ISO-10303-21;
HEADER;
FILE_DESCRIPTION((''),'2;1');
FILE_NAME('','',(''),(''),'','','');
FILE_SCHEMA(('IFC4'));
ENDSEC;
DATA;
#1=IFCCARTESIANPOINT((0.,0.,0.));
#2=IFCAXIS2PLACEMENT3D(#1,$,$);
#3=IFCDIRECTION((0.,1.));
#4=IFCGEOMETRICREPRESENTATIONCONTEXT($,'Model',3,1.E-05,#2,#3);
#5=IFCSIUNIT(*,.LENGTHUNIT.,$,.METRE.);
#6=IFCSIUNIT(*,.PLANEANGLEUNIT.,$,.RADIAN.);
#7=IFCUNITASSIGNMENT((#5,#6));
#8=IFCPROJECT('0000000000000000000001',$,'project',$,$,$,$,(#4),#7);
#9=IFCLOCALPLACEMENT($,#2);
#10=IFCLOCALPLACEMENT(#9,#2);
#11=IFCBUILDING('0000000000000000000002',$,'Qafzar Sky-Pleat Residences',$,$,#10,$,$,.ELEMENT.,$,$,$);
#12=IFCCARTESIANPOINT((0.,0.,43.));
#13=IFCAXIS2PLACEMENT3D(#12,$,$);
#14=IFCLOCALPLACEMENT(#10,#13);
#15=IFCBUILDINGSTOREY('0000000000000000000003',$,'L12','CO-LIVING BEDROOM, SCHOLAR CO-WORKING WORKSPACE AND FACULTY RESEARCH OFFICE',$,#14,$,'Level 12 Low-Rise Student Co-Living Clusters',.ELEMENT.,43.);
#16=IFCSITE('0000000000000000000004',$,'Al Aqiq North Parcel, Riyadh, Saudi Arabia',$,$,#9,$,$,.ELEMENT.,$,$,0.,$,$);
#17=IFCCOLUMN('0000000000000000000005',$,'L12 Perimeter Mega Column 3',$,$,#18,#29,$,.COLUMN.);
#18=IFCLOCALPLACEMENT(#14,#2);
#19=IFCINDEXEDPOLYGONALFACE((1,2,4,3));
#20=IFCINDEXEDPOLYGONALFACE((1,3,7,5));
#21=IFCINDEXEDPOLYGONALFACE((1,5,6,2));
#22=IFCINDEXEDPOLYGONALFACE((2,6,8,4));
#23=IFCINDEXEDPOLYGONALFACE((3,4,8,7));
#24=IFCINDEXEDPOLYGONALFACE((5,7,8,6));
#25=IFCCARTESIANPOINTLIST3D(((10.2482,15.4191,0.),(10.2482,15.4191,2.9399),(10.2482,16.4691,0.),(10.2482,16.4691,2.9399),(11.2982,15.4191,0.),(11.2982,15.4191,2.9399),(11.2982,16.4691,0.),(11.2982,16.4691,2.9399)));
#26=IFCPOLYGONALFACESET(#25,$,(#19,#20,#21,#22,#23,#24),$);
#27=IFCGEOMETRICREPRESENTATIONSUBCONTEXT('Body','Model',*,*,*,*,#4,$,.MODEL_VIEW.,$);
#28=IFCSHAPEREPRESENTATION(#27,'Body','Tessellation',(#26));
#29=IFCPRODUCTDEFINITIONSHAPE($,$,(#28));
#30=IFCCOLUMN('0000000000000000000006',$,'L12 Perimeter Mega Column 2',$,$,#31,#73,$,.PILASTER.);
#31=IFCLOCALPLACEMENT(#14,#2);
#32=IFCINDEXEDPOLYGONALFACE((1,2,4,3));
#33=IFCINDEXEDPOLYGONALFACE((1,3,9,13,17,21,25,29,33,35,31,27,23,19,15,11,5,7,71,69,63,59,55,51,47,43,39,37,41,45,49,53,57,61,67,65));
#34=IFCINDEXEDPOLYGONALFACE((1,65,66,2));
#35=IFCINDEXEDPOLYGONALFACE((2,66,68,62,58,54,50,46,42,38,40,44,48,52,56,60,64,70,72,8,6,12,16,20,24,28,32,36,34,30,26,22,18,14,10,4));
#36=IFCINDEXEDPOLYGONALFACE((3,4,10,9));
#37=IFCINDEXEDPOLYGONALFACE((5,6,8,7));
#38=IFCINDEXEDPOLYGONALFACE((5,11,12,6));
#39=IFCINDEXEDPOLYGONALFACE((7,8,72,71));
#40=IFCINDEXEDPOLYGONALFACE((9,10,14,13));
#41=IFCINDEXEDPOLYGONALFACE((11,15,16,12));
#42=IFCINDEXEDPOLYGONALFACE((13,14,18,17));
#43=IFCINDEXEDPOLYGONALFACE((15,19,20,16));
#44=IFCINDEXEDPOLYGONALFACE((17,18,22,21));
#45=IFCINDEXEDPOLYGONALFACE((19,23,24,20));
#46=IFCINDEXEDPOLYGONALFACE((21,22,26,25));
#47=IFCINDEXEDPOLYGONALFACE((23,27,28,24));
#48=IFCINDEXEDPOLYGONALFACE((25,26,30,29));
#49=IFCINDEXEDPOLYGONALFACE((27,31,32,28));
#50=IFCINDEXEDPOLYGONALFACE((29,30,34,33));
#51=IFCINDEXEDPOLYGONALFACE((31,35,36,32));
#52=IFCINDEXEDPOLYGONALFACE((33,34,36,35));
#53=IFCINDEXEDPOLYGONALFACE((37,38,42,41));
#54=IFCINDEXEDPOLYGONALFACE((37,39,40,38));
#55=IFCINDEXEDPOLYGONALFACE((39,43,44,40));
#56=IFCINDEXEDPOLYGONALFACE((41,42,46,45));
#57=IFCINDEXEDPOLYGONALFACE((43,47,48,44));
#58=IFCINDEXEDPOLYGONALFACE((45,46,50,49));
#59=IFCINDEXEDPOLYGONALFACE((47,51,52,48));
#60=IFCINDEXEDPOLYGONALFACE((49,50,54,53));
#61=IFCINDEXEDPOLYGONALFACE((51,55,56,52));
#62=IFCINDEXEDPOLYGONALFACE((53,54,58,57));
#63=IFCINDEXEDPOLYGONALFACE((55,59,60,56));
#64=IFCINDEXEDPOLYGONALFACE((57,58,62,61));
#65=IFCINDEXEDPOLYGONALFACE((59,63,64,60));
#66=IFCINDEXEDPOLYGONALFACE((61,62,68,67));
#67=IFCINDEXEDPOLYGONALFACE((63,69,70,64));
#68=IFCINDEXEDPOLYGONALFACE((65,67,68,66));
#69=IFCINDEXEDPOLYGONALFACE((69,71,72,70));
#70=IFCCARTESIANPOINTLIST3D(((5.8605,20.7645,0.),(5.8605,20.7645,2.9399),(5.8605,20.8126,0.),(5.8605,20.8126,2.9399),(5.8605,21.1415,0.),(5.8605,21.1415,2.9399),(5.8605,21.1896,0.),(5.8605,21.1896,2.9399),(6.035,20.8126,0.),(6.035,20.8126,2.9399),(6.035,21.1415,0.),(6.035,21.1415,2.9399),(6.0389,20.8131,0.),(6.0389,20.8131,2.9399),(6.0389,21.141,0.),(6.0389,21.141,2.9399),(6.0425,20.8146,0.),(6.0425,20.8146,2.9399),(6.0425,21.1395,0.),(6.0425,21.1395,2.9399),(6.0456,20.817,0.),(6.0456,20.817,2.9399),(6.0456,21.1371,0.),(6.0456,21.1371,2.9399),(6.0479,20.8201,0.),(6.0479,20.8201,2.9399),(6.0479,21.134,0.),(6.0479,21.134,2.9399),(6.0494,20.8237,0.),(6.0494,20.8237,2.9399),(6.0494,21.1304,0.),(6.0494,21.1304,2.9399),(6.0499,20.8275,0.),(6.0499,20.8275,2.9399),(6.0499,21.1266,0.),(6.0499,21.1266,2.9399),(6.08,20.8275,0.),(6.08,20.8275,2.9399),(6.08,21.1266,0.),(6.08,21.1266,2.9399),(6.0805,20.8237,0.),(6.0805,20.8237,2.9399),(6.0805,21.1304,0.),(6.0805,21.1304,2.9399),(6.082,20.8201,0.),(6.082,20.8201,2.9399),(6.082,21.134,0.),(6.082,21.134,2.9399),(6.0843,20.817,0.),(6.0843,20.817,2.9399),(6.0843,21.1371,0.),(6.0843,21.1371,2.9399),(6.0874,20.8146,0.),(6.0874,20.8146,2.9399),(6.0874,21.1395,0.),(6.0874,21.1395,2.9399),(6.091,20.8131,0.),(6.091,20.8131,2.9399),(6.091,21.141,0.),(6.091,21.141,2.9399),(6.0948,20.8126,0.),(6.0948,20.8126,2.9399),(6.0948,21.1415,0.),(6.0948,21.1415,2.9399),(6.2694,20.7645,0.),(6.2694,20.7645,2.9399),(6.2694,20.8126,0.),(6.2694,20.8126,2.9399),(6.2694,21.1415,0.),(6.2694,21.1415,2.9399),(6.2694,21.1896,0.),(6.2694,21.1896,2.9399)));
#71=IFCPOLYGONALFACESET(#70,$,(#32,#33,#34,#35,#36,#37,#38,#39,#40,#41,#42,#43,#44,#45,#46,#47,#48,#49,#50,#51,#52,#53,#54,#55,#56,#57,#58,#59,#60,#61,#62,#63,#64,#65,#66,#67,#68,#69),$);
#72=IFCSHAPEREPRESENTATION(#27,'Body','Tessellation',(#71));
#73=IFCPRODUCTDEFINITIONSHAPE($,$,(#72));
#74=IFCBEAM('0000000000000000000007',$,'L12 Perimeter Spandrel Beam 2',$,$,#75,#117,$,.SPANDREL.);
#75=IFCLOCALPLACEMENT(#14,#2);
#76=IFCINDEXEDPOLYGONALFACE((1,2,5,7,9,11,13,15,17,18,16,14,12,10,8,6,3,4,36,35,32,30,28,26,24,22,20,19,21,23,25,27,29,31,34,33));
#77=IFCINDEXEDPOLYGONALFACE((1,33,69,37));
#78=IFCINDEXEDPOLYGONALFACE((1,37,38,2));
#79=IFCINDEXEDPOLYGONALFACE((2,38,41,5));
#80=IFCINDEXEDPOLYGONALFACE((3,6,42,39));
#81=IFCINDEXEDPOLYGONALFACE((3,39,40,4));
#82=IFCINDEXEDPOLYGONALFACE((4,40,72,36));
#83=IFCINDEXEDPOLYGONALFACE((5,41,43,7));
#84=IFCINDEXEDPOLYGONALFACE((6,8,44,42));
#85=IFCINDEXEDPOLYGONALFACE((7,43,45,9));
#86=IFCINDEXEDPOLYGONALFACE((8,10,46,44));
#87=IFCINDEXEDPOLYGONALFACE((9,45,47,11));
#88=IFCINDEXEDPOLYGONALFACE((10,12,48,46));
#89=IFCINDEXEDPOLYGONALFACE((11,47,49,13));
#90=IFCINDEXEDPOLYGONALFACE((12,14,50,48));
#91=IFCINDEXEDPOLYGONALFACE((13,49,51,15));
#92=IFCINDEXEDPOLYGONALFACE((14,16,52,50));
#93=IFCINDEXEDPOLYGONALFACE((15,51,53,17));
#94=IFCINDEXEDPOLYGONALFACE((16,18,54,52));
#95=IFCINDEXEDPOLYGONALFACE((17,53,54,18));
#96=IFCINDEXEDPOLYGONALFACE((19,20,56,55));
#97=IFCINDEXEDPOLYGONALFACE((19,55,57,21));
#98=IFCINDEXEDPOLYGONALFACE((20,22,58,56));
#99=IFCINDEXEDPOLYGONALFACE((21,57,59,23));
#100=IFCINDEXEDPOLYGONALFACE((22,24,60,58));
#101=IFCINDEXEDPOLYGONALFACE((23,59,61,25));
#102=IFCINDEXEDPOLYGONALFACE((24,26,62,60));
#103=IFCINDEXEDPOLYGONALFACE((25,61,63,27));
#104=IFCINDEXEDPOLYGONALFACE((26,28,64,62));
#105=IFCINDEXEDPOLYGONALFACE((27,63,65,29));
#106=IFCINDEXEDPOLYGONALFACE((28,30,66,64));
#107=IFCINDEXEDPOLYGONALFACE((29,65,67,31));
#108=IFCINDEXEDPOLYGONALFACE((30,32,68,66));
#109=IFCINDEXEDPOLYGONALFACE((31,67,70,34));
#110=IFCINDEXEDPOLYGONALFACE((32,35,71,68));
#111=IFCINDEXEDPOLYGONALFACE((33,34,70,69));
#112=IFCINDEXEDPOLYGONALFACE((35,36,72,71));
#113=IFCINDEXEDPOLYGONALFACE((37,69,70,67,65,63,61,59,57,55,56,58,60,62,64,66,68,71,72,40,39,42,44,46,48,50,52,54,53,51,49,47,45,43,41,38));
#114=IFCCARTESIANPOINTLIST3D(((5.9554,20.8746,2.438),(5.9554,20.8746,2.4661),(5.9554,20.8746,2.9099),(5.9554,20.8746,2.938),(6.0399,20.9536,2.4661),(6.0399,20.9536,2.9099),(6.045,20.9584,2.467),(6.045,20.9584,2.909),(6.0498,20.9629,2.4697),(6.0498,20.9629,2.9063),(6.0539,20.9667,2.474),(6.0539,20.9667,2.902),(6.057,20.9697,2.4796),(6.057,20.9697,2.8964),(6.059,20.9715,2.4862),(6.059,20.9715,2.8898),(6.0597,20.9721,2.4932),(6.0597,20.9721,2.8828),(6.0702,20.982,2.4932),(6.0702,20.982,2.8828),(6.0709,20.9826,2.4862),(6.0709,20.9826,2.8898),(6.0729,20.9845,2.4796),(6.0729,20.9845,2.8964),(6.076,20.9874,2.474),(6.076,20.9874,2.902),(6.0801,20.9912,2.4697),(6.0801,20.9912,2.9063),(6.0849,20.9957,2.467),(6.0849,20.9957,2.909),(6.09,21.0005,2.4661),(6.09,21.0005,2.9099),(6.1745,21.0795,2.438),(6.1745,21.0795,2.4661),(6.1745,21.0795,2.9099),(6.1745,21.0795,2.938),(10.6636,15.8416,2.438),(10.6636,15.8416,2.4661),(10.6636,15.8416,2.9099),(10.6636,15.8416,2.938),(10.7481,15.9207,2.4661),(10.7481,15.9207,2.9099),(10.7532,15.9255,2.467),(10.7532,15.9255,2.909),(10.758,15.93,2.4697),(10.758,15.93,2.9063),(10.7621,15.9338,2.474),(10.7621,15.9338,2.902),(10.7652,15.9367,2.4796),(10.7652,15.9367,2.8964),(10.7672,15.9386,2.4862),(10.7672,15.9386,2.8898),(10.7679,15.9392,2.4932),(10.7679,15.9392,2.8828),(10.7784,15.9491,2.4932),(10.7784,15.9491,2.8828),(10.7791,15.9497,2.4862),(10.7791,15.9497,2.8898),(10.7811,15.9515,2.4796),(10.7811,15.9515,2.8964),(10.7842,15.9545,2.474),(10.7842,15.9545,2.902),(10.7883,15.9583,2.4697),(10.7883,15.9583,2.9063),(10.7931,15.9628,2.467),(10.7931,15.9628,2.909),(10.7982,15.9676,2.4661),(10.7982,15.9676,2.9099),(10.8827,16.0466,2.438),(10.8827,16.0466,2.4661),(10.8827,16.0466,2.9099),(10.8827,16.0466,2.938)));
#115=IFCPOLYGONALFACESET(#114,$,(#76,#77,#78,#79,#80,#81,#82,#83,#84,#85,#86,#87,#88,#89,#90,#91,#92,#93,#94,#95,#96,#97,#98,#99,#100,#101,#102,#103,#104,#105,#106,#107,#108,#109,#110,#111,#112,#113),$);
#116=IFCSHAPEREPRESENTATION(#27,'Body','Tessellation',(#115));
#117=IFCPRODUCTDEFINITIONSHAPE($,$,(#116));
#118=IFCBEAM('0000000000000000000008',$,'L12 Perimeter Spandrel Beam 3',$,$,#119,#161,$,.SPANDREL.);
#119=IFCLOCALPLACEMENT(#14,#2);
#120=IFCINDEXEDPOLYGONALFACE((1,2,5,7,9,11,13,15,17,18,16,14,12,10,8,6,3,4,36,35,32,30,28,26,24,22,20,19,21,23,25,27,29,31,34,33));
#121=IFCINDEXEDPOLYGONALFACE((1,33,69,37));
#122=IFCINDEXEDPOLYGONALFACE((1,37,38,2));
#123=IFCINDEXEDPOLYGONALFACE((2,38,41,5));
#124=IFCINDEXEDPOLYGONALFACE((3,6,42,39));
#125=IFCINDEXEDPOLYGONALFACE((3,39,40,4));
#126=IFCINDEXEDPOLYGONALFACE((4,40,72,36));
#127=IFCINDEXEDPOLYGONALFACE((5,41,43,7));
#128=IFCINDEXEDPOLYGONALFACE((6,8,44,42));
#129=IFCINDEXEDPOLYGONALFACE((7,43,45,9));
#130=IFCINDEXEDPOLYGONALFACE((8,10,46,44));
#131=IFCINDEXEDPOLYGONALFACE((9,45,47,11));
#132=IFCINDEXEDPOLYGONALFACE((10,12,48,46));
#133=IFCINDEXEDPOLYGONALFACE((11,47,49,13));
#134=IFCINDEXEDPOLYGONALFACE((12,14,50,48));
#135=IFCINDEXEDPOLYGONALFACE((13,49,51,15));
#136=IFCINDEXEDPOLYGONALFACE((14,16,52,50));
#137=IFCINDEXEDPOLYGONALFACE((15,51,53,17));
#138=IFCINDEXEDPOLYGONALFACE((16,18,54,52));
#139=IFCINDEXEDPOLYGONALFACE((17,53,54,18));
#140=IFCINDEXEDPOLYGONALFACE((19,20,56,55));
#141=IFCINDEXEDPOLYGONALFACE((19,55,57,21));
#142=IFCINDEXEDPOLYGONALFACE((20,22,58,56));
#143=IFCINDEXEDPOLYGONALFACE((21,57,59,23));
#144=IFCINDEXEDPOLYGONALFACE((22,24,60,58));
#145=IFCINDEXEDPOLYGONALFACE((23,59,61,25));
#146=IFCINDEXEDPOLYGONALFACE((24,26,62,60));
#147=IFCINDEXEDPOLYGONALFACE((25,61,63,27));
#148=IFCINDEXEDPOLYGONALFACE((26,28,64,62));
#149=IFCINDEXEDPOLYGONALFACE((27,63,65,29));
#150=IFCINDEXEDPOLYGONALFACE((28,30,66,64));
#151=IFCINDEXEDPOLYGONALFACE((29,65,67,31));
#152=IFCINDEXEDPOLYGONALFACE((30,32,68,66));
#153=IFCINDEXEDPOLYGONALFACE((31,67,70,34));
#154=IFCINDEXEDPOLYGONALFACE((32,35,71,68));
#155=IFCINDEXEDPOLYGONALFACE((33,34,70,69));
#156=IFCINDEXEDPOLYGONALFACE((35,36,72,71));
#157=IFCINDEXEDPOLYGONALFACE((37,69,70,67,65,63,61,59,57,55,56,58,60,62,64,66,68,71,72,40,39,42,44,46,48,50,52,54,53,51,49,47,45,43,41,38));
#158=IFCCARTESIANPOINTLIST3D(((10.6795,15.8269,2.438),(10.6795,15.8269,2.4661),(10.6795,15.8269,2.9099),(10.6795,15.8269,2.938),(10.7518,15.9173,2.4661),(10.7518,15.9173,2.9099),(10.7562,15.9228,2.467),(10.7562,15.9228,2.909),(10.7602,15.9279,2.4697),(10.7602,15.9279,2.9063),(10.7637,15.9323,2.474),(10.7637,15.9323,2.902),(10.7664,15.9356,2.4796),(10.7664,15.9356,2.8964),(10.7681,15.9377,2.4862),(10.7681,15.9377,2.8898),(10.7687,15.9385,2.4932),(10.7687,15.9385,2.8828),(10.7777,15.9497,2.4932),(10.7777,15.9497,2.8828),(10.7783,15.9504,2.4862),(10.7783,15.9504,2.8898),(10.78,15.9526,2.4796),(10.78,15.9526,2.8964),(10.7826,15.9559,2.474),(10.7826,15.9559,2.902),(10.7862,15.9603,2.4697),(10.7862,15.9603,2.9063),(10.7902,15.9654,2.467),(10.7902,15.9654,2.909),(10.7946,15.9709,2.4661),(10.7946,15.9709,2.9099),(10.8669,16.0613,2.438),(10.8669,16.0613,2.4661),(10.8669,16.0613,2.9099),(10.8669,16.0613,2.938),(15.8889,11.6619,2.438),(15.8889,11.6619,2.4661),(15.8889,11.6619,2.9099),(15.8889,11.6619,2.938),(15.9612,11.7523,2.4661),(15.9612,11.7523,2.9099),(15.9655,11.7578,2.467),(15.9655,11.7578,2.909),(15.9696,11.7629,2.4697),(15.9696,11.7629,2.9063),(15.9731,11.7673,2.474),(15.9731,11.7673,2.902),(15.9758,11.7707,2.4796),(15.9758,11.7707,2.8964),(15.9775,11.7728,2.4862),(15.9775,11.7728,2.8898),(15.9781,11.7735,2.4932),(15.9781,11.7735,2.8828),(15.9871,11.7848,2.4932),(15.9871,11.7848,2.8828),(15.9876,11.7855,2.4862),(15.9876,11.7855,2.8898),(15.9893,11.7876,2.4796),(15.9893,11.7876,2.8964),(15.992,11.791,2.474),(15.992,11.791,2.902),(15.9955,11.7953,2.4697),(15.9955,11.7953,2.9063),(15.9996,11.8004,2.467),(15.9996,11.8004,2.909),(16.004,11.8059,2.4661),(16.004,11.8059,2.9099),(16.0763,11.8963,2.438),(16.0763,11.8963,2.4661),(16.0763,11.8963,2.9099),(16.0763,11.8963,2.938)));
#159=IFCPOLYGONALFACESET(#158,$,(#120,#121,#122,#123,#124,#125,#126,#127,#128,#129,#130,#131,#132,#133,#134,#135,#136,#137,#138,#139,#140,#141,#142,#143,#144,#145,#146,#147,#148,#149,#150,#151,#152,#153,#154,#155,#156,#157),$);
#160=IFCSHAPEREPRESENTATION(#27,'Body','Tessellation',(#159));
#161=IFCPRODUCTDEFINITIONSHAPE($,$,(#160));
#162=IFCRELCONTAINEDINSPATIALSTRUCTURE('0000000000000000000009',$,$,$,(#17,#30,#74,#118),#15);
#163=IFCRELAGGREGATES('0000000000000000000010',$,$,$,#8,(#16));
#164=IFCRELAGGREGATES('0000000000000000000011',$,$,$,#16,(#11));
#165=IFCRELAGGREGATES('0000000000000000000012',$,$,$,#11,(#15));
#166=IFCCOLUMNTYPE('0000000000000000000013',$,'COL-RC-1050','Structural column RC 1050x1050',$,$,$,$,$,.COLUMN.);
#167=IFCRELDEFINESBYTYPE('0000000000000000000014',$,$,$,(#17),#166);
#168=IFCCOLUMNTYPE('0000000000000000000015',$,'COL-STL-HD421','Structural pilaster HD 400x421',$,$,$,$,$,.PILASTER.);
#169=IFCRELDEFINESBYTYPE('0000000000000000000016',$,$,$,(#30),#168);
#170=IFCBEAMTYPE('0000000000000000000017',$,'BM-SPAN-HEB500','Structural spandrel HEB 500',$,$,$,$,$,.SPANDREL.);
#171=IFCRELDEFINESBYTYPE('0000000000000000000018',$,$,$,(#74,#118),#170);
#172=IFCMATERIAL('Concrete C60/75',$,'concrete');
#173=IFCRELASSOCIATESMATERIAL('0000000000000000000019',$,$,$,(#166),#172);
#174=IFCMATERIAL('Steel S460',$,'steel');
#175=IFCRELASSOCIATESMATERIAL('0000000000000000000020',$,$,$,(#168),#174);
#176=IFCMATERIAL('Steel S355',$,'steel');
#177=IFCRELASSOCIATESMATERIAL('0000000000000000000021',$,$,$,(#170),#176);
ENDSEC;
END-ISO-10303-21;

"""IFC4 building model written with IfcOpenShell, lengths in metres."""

from ifc_helpers import new_model, si_unit, direction, frame, origin, origin_2d, place, context, subcontext, project, spatial, rectangle, i_section, extrude, source, transform, mapped, material, material_profile, profile_set, type_object, element, save


model = new_model("IFC4")

# Units and contexts
model_context = context("Model", 3, precision=1e-05, world=origin(), true_north=direction((0.0, 1.0)))
body_context = subcontext(model_context, "Body", "Model", "MODEL_VIEW")
ifc_project = project(units=[si_unit("LENGTHUNIT", "METRE"), si_unit("PLANEANGLEUNIT", "RADIAN")], contexts=[model_context])

# Site, building, storey
site_placement = place(None, origin())
site = spatial("IfcSite", under=ifc_project, at=site_placement, Name="Al Aqiq North Parcel, Riyadh, Saudi Arabia", CompositionType="ELEMENT", RefElevation=0.0)
building_placement = place(site_placement, origin())
building = spatial("IfcBuilding", under=site, at=building_placement, Name="Qafzar Sky-Pleat Residences", CompositionType="ELEMENT")
storey_placement = place(building_placement, frame((0.0, 0.0, 43.0)))
storey = spatial("IfcBuildingStorey", under=building, at=storey_placement, Name="L12", Description="CO-LIVING BEDROOM, SCHOLAR CO-WORKING WORKSPACE AND FACULTY RESEARCH OFFICE", LongName="Level 12 Low-Rise Student Co-Living Clusters", CompositionType="ELEMENT", Elevation=43.0)

# Columns
ifc_material_1 = material(Name="Concrete C60/75", Category="concrete")
ifc_material_profile_1 = material_profile(ifc_material_1, rectangle(XDim=1.05, YDim=1.05, at=origin_2d()), Name="RC 1050x1050")
ifc_profile_set_1 = profile_set([ifc_material_profile_1], Name="Concrete C60/75")
column_type_1 = type_object("IfcColumnType", Name="COL-RC-1050", Description="Structural column RC 1050x1050", PredefinedType="COLUMN", material=ifc_profile_set_1)
shared_shape_1 = source(origin(), body_context, "Body", "SweptSolid", [
    extrude(rectangle(XDim=1.05, YDim=1.05, at=origin_2d()), origin(), (0.0, 0.0, 1.0), 2.9399),
])
column_1_placement = place(storey_placement, frame((10.7732, 15.9441, 0.0), z_axis=(0.0, 0.0, 1.0), x_axis=(1.0, 0.0, 0.0)))
element("IfcColumn", 1, at=column_1_placement, inside=storey, type_object=column_type_1, Name="L12 Perimeter Mega Column 3", PredefinedType="COLUMN", context=body_context, shape_type="MappedRepresentation", body=[
    mapped(shared_shape_1, transform((0.0, 0.0, 0.0), x_axis=(1.0, 0.0, 0.0), y_axis=(0.0, 1.0, 0.0), z_axis=(0.0, 0.0, 1.0), scale=1.0)),
])
ifc_material_2 = material(Name="Steel S460", Category="steel")
ifc_material_profile_2 = material_profile(ifc_material_2, i_section(OverallWidth=0.4089, OverallDepth=0.425, WebThickness=0.03, FlangeThickness=0.0481, FilletRadius=0.0149, at=origin_2d()), Name="HD 400x421")
ifc_profile_set_2 = profile_set([ifc_material_profile_2], Name="Steel S460")
column_type_2 = type_object("IfcColumnType", Name="COL-STL-HD421", Description="Structural pilaster HD 400x421", PredefinedType="PILASTER", material=ifc_profile_set_2)
shared_shape_2 = source(origin(), body_context, "Body", "SweptSolid", [
    extrude(i_section(OverallWidth=0.4089, OverallDepth=0.425, WebThickness=0.03, FlangeThickness=0.0481, FilletRadius=0.0149, at=origin_2d()), origin(), (0.0, 0.0, 1.0), 2.9399),
])
column_2_placement = place(storey_placement, frame((6.0649, 20.9771, 0.0), z_axis=(0.0, 0.0, 1.0), x_axis=(1.0, 0.0, 0.0)))
element("IfcColumn", 2, at=column_2_placement, inside=storey, type_object=column_type_2, Name="L12 Perimeter Mega Column 2", PredefinedType="PILASTER", context=body_context, shape_type="MappedRepresentation", body=[
    mapped(shared_shape_2, transform((0.0, 0.0, 0.0), x_axis=(1.0, 0.0, 0.0), y_axis=(0.0, 1.0, 0.0), z_axis=(0.0, 0.0, 1.0), scale=1.0)),
])

# Beams
ifc_material_3 = material(Name="Steel S355", Category="steel")
ifc_material_profile_3 = material_profile(ifc_material_3, i_section(OverallWidth=0.3, OverallDepth=0.5, WebThickness=0.0144, FlangeThickness=0.0281, FilletRadius=0.0271, at=origin_2d()), Name="HEB 500")
ifc_profile_set_3 = profile_set([ifc_material_profile_3], Name="Steel S355")
beam_type_1 = type_object("IfcBeamType", Name="BM-SPAN-HEB500", Description="Structural spandrel HEB 500", PredefinedType="SPANDREL", material=ifc_profile_set_3)
shared_shape_3 = source(origin(), body_context, "Body", "SweptSolid", [
    extrude(i_section(OverallWidth=0.3, OverallDepth=0.5, WebThickness=0.0144, FlangeThickness=0.0281, FilletRadius=0.0271, at=origin_2d()), origin(), (0.0, 0.0, 1.0), 6.8918),
])
beam_1_placement = place(storey_placement, frame((6.0649, 20.9771, 2.688), z_axis=(0.683157, -0.730271, 0.0), x_axis=(0.730271, 0.683157, 0.0)))
element("IfcBeam", 3, at=beam_1_placement, inside=storey, type_object=beam_type_1, Name="L12 Perimeter Spandrel Beam 2", PredefinedType="SPANDREL", context=body_context, shape_type="MappedRepresentation", body=[
    mapped(shared_shape_3, transform((0.0, 0.0, 0.0), x_axis=(1.0, 0.0, 0.0), y_axis=(0.0, 1.0, 0.0), z_axis=(0.0, 0.0, 1.0), scale=1.0)),
])
shared_shape_4 = source(origin(), body_context, "Body", "SweptSolid", [
    extrude(i_section(OverallWidth=0.3, OverallDepth=0.5, WebThickness=0.0144, FlangeThickness=0.0281, FilletRadius=0.0271, at=origin_2d()), origin(), (0.0, 0.0, 1.0), 6.6697),
])
beam_2_placement = place(storey_placement, frame((10.7732, 15.9441, 2.688), z_axis=(0.781054, -0.624463, 0.0), x_axis=(0.624463, 0.781054, 0.0)))
element("IfcBeam", 4, at=beam_2_placement, inside=storey, type_object=beam_type_1, Name="L12 Perimeter Spandrel Beam 3", PredefinedType="SPANDREL", context=body_context, shape_type="MappedRepresentation", body=[
    mapped(shared_shape_4, transform((0.0, 0.0, 0.0), x_axis=(1.0, 0.0, 0.0), y_axis=(0.0, 1.0, 0.0), z_axis=(0.0, 0.0, 1.0), scale=1.0)),
])

save(model, "model.ifc")
